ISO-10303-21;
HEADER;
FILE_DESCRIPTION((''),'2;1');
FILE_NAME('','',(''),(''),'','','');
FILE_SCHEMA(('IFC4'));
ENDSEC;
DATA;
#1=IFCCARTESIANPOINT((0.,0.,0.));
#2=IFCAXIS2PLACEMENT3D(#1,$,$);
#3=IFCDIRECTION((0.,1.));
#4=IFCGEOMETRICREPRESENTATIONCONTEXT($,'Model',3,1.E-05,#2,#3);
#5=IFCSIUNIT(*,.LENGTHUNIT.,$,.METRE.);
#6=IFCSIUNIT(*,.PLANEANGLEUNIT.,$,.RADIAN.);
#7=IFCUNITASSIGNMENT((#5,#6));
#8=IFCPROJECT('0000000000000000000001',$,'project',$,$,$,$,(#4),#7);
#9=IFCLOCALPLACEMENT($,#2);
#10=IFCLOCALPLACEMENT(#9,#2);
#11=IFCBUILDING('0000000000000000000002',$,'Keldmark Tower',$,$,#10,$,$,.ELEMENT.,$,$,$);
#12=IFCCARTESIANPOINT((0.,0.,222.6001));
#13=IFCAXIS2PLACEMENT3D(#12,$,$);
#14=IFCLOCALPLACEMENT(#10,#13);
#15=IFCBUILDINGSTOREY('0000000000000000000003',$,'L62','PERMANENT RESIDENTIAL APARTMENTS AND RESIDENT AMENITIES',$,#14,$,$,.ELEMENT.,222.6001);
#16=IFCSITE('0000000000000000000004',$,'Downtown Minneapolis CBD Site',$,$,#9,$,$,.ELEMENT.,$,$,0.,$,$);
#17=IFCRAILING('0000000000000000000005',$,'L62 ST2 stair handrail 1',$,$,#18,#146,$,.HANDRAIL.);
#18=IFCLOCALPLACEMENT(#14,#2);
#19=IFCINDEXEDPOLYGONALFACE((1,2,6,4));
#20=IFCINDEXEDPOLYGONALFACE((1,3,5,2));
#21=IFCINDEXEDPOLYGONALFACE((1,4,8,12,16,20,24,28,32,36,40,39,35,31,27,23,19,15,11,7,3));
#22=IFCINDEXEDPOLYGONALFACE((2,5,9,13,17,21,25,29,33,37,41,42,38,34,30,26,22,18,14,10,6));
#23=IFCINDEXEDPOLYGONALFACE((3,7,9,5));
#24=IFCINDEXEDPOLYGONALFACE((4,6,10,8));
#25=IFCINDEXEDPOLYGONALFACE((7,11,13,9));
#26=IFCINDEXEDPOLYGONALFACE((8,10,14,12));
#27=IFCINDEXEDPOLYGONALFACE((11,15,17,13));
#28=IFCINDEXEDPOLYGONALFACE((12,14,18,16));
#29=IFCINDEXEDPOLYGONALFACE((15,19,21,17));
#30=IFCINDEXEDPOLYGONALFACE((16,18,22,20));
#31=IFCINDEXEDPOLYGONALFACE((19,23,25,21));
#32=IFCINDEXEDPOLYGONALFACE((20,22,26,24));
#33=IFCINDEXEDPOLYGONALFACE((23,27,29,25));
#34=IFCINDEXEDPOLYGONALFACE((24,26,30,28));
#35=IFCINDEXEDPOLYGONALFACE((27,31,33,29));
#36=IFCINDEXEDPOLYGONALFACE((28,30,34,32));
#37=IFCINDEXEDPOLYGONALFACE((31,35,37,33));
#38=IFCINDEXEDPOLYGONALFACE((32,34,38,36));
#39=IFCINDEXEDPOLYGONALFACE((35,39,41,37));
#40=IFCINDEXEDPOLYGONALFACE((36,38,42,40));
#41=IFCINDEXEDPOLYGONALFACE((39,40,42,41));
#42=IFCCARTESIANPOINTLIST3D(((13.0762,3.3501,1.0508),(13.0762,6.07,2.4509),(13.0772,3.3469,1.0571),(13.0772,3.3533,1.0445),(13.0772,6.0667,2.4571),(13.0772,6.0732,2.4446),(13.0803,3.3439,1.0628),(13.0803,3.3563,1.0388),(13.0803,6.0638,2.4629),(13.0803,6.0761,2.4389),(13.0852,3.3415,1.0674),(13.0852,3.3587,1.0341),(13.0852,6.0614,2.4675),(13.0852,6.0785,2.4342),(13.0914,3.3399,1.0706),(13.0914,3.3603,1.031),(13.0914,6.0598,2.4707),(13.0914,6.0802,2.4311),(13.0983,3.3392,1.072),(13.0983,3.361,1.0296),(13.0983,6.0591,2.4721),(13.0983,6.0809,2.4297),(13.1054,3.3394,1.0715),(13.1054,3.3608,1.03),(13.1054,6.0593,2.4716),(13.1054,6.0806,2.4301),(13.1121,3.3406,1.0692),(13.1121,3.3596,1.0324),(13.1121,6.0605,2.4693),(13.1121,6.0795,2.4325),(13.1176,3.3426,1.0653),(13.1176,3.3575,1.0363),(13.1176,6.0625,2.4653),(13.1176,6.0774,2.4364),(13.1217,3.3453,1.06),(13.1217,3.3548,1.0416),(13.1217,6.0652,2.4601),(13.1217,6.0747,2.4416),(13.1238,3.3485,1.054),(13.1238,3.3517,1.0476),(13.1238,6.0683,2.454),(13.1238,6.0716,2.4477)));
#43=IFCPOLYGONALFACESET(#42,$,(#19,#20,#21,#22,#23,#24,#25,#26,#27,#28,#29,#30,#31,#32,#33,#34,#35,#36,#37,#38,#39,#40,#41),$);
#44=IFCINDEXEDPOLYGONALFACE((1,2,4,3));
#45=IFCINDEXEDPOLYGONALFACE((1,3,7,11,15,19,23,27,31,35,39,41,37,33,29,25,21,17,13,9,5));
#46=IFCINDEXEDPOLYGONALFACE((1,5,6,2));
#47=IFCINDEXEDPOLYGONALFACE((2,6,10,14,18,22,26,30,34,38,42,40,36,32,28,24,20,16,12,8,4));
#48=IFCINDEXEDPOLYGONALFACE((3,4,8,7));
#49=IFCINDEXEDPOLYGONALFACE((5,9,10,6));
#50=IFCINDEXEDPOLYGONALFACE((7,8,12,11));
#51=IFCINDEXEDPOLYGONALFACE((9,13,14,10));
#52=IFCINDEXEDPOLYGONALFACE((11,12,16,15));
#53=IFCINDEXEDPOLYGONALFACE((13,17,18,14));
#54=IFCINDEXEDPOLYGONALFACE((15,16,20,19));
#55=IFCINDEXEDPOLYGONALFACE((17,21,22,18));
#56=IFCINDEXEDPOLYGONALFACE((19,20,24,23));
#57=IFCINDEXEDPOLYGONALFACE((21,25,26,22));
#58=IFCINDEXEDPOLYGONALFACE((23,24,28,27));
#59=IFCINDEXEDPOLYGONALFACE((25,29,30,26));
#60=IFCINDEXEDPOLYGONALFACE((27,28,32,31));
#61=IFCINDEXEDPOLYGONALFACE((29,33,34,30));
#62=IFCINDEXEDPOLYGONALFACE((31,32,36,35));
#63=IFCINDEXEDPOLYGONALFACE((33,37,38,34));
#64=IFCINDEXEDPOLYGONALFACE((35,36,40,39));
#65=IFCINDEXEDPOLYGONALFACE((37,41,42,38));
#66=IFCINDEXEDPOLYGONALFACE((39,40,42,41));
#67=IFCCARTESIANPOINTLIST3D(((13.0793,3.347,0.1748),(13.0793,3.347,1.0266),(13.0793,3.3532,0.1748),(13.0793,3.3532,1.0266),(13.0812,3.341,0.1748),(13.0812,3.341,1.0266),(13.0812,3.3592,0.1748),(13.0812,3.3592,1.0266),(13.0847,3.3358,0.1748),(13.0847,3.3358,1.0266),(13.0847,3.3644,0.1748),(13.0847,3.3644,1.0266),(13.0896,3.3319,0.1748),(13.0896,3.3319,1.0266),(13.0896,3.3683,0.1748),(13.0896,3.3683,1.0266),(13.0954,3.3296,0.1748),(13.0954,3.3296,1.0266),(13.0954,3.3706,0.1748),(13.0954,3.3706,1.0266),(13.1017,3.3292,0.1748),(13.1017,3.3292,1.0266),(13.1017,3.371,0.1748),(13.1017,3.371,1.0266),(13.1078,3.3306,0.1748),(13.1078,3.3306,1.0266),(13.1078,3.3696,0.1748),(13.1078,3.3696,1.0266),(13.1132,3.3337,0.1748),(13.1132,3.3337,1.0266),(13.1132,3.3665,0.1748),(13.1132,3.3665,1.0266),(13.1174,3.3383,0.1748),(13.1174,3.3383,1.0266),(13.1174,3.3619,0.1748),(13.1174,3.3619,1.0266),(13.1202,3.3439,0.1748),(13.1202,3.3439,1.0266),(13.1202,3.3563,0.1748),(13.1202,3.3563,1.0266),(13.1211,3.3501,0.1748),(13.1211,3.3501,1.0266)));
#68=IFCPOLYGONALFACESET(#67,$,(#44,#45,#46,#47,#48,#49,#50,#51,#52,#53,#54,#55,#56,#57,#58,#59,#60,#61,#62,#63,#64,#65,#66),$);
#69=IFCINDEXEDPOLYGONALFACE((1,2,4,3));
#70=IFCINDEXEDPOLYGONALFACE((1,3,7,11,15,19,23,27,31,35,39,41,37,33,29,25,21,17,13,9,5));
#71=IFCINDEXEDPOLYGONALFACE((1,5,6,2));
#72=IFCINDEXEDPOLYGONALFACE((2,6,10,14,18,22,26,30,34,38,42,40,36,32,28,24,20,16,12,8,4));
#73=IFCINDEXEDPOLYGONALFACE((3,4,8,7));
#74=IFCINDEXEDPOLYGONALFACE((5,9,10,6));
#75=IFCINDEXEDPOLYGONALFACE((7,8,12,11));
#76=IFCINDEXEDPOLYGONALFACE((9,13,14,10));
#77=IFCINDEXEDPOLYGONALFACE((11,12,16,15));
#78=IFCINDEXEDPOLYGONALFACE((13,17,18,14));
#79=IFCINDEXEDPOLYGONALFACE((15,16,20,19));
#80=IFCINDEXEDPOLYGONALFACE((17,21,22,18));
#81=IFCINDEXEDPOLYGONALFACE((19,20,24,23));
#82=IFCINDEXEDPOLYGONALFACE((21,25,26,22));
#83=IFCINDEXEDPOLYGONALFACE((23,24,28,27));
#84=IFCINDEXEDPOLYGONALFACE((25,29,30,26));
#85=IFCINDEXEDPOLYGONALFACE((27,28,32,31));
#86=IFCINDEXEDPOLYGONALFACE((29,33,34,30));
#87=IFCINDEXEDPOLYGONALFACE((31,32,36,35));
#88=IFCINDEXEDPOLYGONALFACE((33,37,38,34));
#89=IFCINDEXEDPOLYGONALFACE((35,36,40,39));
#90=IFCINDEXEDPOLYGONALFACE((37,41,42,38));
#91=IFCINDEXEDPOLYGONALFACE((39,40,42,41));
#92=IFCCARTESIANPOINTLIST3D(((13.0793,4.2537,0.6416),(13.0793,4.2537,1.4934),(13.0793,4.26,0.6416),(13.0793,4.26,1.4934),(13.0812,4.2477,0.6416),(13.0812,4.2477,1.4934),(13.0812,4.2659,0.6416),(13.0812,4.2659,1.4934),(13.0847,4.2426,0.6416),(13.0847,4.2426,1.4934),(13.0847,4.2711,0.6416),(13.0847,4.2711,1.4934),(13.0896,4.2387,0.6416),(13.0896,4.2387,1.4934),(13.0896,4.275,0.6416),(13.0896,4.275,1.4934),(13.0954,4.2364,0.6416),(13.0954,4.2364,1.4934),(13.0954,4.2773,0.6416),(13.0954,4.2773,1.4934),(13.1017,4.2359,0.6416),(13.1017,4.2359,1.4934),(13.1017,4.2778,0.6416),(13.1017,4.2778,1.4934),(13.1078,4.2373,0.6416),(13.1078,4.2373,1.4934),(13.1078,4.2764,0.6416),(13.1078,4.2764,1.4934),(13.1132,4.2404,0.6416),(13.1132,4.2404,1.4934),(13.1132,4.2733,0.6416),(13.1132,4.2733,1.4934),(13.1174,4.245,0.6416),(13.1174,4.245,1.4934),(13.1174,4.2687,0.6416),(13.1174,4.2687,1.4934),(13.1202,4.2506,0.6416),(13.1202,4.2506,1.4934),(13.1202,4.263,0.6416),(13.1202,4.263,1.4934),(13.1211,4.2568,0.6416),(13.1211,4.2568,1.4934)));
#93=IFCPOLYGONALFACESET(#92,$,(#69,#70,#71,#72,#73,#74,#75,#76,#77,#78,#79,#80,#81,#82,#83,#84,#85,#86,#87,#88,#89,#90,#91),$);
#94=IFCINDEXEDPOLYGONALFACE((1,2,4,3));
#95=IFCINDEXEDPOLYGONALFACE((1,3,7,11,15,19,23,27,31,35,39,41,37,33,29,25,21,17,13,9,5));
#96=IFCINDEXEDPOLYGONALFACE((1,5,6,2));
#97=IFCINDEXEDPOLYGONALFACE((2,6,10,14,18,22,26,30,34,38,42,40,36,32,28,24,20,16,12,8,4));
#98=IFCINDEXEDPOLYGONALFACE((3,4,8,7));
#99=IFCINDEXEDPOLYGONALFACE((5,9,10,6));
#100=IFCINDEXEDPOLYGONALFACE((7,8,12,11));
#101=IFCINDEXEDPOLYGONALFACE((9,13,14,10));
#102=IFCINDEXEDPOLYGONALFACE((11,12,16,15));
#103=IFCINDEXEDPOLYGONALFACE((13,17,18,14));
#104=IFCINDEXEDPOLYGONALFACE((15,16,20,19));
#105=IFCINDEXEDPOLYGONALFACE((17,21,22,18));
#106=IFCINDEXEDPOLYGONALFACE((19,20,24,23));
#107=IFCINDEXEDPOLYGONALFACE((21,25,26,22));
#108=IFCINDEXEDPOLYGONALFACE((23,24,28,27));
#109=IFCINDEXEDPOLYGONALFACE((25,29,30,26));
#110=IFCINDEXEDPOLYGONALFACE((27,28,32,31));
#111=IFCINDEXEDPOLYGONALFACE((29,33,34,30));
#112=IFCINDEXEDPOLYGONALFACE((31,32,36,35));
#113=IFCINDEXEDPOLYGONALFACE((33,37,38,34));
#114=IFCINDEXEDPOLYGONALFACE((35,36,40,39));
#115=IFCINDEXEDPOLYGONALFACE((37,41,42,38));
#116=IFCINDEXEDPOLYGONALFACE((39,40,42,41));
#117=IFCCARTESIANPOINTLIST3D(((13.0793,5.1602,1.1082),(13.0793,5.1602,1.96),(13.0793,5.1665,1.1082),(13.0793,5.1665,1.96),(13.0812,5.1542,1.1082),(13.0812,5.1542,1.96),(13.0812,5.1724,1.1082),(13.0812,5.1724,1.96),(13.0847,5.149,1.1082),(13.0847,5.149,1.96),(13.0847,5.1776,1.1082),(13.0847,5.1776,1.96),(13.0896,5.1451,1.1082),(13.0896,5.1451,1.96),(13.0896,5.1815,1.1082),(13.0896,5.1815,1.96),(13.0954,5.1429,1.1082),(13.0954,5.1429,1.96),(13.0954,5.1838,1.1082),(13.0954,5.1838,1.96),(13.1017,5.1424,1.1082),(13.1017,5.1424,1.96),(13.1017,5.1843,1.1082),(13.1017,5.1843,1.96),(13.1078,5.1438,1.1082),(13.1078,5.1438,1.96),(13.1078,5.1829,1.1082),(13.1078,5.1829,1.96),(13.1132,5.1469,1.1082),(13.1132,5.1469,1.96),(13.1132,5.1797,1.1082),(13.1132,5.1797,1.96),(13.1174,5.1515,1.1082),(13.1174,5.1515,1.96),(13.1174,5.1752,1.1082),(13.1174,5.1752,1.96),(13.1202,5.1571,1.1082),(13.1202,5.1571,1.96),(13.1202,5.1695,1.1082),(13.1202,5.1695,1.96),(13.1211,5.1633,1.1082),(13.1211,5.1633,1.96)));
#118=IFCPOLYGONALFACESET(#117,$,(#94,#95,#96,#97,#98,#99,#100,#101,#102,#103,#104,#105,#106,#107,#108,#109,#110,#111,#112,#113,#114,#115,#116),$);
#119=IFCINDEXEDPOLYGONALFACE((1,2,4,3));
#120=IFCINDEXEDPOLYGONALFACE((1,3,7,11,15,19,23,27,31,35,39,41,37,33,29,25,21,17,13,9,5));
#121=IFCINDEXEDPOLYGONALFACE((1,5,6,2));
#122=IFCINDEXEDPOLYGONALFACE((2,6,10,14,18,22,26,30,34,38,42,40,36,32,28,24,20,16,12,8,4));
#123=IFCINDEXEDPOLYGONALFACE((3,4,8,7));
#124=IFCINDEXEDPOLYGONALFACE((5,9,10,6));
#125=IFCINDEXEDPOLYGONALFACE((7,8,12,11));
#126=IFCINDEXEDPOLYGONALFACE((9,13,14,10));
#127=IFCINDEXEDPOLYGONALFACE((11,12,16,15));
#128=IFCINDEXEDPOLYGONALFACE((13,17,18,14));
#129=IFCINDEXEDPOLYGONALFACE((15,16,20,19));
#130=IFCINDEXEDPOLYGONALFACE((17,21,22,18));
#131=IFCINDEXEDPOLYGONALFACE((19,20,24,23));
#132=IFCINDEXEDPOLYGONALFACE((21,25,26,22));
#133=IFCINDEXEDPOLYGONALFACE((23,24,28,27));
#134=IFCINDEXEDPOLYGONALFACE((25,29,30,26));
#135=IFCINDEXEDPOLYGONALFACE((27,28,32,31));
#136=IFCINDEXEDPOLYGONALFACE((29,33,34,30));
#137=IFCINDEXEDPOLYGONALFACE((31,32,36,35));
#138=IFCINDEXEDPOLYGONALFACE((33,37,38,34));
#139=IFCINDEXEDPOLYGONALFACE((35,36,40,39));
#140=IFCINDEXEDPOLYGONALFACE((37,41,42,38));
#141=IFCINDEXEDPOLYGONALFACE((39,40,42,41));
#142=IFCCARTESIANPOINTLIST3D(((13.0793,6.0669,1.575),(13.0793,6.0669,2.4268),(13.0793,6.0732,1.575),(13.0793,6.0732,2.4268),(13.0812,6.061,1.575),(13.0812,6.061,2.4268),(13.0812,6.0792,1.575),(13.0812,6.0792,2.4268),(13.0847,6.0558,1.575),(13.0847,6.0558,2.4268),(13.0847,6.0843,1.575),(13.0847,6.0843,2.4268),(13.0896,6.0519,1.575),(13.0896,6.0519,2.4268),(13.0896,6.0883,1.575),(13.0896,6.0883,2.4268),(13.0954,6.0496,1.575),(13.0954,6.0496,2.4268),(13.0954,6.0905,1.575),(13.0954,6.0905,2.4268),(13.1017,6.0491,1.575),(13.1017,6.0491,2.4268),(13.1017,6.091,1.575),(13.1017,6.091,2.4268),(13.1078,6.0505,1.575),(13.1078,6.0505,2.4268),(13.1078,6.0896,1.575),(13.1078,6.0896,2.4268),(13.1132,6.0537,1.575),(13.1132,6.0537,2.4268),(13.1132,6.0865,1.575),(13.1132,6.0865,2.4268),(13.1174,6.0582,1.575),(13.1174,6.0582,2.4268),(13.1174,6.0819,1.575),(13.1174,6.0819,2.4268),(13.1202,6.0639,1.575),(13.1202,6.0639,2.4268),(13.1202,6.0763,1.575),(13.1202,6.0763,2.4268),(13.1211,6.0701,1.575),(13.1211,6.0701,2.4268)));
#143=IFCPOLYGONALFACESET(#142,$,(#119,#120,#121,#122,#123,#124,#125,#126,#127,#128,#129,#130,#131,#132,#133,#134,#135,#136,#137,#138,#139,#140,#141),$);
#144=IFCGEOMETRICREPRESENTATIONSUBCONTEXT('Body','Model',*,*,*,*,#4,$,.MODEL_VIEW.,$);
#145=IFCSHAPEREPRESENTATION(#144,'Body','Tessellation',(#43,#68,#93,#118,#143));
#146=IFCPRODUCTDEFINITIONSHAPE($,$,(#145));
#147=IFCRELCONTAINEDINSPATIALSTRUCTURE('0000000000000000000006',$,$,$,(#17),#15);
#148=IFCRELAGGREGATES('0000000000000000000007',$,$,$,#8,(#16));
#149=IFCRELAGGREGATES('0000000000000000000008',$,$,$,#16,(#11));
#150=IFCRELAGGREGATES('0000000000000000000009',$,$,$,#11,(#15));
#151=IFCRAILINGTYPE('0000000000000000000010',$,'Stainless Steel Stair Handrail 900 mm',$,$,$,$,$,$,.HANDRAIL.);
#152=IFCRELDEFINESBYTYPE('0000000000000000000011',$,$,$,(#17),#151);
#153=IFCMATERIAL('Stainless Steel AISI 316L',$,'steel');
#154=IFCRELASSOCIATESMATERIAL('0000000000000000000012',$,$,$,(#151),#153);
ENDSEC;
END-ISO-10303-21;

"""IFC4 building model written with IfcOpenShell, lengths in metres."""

from ifc_helpers import new_model, si_unit, direction, frame, origin, origin_2d, place, context, subcontext, project, spatial, circle, extrude, material, type_object, element, save


model = new_model("IFC4")

# Units and contexts
model_context = context("Model", 3, precision=1e-05, world=origin(), true_north=direction((0.0, 1.0)))
body_context = subcontext(model_context, "Body", "Model", "MODEL_VIEW")
ifc_project = project(units=[si_unit("LENGTHUNIT", "METRE"), si_unit("PLANEANGLEUNIT", "RADIAN")], contexts=[model_context])

# Site, building, storey
site_placement = place(None, origin())
site = spatial("IfcSite", under=ifc_project, at=site_placement, Name="Downtown Minneapolis CBD Site", CompositionType="ELEMENT", RefElevation=0.0)
building_placement = place(site_placement, origin())
building = spatial("IfcBuilding", under=site, at=building_placement, Name="Keldmark Tower", CompositionType="ELEMENT")
storey_placement = place(building_placement, frame((0.0, 0.0, 222.6001)))
storey = spatial("IfcBuildingStorey", under=building, at=storey_placement, Name="L62", Description="PERMANENT RESIDENTIAL APARTMENTS AND RESIDENT AMENITIES", CompositionType="ELEMENT", Elevation=222.6001)

# Railing
ifc_material_1 = material(Name="Stainless Steel AISI 316L", Category="steel")
railing_type_1 = type_object("IfcRailingType", Name="Stainless Steel Stair Handrail 900 mm", PredefinedType="HANDRAIL", material=ifc_material_1)
railing_1_placement = place(storey_placement, frame((13.1001, 3.3501, 0.1748)))
element("IfcRailing", 1, at=railing_1_placement, inside=storey, type_object=railing_type_1, Name="L62 ST2 stair handrail 1", PredefinedType="HANDRAIL", context=body_context, shape_type="SweptSolid", body=[
    extrude(circle(Radius=0.0239, at=origin_2d()), frame((0.0, 0.0, 0.876), z_axis=(0.0, 0.889114, 0.457685), x_axis=(-1.0, 0.0, 0.0)), (0.0, 0.0, 1.0), 3.0591),
    extrude(circle(Radius=0.021, at=origin_2d()), origin(), (0.0, 0.0, 1.0), 0.8518),
    extrude(circle(Radius=0.021, at=origin_2d()), frame((0.0, 0.9067, 0.4668)), (0.0, 0.0, 1.0), 0.8518),
    extrude(circle(Radius=0.021, at=origin_2d()), frame((0.0, 1.8132, 0.9333)), (0.0, 0.0, 1.0), 0.8518),
    extrude(circle(Radius=0.021, at=origin_2d()), frame((0.0, 2.72, 1.4001)), (0.0, 0.0, 1.0), 0.8518),
])

save(model, "model.ifc")
